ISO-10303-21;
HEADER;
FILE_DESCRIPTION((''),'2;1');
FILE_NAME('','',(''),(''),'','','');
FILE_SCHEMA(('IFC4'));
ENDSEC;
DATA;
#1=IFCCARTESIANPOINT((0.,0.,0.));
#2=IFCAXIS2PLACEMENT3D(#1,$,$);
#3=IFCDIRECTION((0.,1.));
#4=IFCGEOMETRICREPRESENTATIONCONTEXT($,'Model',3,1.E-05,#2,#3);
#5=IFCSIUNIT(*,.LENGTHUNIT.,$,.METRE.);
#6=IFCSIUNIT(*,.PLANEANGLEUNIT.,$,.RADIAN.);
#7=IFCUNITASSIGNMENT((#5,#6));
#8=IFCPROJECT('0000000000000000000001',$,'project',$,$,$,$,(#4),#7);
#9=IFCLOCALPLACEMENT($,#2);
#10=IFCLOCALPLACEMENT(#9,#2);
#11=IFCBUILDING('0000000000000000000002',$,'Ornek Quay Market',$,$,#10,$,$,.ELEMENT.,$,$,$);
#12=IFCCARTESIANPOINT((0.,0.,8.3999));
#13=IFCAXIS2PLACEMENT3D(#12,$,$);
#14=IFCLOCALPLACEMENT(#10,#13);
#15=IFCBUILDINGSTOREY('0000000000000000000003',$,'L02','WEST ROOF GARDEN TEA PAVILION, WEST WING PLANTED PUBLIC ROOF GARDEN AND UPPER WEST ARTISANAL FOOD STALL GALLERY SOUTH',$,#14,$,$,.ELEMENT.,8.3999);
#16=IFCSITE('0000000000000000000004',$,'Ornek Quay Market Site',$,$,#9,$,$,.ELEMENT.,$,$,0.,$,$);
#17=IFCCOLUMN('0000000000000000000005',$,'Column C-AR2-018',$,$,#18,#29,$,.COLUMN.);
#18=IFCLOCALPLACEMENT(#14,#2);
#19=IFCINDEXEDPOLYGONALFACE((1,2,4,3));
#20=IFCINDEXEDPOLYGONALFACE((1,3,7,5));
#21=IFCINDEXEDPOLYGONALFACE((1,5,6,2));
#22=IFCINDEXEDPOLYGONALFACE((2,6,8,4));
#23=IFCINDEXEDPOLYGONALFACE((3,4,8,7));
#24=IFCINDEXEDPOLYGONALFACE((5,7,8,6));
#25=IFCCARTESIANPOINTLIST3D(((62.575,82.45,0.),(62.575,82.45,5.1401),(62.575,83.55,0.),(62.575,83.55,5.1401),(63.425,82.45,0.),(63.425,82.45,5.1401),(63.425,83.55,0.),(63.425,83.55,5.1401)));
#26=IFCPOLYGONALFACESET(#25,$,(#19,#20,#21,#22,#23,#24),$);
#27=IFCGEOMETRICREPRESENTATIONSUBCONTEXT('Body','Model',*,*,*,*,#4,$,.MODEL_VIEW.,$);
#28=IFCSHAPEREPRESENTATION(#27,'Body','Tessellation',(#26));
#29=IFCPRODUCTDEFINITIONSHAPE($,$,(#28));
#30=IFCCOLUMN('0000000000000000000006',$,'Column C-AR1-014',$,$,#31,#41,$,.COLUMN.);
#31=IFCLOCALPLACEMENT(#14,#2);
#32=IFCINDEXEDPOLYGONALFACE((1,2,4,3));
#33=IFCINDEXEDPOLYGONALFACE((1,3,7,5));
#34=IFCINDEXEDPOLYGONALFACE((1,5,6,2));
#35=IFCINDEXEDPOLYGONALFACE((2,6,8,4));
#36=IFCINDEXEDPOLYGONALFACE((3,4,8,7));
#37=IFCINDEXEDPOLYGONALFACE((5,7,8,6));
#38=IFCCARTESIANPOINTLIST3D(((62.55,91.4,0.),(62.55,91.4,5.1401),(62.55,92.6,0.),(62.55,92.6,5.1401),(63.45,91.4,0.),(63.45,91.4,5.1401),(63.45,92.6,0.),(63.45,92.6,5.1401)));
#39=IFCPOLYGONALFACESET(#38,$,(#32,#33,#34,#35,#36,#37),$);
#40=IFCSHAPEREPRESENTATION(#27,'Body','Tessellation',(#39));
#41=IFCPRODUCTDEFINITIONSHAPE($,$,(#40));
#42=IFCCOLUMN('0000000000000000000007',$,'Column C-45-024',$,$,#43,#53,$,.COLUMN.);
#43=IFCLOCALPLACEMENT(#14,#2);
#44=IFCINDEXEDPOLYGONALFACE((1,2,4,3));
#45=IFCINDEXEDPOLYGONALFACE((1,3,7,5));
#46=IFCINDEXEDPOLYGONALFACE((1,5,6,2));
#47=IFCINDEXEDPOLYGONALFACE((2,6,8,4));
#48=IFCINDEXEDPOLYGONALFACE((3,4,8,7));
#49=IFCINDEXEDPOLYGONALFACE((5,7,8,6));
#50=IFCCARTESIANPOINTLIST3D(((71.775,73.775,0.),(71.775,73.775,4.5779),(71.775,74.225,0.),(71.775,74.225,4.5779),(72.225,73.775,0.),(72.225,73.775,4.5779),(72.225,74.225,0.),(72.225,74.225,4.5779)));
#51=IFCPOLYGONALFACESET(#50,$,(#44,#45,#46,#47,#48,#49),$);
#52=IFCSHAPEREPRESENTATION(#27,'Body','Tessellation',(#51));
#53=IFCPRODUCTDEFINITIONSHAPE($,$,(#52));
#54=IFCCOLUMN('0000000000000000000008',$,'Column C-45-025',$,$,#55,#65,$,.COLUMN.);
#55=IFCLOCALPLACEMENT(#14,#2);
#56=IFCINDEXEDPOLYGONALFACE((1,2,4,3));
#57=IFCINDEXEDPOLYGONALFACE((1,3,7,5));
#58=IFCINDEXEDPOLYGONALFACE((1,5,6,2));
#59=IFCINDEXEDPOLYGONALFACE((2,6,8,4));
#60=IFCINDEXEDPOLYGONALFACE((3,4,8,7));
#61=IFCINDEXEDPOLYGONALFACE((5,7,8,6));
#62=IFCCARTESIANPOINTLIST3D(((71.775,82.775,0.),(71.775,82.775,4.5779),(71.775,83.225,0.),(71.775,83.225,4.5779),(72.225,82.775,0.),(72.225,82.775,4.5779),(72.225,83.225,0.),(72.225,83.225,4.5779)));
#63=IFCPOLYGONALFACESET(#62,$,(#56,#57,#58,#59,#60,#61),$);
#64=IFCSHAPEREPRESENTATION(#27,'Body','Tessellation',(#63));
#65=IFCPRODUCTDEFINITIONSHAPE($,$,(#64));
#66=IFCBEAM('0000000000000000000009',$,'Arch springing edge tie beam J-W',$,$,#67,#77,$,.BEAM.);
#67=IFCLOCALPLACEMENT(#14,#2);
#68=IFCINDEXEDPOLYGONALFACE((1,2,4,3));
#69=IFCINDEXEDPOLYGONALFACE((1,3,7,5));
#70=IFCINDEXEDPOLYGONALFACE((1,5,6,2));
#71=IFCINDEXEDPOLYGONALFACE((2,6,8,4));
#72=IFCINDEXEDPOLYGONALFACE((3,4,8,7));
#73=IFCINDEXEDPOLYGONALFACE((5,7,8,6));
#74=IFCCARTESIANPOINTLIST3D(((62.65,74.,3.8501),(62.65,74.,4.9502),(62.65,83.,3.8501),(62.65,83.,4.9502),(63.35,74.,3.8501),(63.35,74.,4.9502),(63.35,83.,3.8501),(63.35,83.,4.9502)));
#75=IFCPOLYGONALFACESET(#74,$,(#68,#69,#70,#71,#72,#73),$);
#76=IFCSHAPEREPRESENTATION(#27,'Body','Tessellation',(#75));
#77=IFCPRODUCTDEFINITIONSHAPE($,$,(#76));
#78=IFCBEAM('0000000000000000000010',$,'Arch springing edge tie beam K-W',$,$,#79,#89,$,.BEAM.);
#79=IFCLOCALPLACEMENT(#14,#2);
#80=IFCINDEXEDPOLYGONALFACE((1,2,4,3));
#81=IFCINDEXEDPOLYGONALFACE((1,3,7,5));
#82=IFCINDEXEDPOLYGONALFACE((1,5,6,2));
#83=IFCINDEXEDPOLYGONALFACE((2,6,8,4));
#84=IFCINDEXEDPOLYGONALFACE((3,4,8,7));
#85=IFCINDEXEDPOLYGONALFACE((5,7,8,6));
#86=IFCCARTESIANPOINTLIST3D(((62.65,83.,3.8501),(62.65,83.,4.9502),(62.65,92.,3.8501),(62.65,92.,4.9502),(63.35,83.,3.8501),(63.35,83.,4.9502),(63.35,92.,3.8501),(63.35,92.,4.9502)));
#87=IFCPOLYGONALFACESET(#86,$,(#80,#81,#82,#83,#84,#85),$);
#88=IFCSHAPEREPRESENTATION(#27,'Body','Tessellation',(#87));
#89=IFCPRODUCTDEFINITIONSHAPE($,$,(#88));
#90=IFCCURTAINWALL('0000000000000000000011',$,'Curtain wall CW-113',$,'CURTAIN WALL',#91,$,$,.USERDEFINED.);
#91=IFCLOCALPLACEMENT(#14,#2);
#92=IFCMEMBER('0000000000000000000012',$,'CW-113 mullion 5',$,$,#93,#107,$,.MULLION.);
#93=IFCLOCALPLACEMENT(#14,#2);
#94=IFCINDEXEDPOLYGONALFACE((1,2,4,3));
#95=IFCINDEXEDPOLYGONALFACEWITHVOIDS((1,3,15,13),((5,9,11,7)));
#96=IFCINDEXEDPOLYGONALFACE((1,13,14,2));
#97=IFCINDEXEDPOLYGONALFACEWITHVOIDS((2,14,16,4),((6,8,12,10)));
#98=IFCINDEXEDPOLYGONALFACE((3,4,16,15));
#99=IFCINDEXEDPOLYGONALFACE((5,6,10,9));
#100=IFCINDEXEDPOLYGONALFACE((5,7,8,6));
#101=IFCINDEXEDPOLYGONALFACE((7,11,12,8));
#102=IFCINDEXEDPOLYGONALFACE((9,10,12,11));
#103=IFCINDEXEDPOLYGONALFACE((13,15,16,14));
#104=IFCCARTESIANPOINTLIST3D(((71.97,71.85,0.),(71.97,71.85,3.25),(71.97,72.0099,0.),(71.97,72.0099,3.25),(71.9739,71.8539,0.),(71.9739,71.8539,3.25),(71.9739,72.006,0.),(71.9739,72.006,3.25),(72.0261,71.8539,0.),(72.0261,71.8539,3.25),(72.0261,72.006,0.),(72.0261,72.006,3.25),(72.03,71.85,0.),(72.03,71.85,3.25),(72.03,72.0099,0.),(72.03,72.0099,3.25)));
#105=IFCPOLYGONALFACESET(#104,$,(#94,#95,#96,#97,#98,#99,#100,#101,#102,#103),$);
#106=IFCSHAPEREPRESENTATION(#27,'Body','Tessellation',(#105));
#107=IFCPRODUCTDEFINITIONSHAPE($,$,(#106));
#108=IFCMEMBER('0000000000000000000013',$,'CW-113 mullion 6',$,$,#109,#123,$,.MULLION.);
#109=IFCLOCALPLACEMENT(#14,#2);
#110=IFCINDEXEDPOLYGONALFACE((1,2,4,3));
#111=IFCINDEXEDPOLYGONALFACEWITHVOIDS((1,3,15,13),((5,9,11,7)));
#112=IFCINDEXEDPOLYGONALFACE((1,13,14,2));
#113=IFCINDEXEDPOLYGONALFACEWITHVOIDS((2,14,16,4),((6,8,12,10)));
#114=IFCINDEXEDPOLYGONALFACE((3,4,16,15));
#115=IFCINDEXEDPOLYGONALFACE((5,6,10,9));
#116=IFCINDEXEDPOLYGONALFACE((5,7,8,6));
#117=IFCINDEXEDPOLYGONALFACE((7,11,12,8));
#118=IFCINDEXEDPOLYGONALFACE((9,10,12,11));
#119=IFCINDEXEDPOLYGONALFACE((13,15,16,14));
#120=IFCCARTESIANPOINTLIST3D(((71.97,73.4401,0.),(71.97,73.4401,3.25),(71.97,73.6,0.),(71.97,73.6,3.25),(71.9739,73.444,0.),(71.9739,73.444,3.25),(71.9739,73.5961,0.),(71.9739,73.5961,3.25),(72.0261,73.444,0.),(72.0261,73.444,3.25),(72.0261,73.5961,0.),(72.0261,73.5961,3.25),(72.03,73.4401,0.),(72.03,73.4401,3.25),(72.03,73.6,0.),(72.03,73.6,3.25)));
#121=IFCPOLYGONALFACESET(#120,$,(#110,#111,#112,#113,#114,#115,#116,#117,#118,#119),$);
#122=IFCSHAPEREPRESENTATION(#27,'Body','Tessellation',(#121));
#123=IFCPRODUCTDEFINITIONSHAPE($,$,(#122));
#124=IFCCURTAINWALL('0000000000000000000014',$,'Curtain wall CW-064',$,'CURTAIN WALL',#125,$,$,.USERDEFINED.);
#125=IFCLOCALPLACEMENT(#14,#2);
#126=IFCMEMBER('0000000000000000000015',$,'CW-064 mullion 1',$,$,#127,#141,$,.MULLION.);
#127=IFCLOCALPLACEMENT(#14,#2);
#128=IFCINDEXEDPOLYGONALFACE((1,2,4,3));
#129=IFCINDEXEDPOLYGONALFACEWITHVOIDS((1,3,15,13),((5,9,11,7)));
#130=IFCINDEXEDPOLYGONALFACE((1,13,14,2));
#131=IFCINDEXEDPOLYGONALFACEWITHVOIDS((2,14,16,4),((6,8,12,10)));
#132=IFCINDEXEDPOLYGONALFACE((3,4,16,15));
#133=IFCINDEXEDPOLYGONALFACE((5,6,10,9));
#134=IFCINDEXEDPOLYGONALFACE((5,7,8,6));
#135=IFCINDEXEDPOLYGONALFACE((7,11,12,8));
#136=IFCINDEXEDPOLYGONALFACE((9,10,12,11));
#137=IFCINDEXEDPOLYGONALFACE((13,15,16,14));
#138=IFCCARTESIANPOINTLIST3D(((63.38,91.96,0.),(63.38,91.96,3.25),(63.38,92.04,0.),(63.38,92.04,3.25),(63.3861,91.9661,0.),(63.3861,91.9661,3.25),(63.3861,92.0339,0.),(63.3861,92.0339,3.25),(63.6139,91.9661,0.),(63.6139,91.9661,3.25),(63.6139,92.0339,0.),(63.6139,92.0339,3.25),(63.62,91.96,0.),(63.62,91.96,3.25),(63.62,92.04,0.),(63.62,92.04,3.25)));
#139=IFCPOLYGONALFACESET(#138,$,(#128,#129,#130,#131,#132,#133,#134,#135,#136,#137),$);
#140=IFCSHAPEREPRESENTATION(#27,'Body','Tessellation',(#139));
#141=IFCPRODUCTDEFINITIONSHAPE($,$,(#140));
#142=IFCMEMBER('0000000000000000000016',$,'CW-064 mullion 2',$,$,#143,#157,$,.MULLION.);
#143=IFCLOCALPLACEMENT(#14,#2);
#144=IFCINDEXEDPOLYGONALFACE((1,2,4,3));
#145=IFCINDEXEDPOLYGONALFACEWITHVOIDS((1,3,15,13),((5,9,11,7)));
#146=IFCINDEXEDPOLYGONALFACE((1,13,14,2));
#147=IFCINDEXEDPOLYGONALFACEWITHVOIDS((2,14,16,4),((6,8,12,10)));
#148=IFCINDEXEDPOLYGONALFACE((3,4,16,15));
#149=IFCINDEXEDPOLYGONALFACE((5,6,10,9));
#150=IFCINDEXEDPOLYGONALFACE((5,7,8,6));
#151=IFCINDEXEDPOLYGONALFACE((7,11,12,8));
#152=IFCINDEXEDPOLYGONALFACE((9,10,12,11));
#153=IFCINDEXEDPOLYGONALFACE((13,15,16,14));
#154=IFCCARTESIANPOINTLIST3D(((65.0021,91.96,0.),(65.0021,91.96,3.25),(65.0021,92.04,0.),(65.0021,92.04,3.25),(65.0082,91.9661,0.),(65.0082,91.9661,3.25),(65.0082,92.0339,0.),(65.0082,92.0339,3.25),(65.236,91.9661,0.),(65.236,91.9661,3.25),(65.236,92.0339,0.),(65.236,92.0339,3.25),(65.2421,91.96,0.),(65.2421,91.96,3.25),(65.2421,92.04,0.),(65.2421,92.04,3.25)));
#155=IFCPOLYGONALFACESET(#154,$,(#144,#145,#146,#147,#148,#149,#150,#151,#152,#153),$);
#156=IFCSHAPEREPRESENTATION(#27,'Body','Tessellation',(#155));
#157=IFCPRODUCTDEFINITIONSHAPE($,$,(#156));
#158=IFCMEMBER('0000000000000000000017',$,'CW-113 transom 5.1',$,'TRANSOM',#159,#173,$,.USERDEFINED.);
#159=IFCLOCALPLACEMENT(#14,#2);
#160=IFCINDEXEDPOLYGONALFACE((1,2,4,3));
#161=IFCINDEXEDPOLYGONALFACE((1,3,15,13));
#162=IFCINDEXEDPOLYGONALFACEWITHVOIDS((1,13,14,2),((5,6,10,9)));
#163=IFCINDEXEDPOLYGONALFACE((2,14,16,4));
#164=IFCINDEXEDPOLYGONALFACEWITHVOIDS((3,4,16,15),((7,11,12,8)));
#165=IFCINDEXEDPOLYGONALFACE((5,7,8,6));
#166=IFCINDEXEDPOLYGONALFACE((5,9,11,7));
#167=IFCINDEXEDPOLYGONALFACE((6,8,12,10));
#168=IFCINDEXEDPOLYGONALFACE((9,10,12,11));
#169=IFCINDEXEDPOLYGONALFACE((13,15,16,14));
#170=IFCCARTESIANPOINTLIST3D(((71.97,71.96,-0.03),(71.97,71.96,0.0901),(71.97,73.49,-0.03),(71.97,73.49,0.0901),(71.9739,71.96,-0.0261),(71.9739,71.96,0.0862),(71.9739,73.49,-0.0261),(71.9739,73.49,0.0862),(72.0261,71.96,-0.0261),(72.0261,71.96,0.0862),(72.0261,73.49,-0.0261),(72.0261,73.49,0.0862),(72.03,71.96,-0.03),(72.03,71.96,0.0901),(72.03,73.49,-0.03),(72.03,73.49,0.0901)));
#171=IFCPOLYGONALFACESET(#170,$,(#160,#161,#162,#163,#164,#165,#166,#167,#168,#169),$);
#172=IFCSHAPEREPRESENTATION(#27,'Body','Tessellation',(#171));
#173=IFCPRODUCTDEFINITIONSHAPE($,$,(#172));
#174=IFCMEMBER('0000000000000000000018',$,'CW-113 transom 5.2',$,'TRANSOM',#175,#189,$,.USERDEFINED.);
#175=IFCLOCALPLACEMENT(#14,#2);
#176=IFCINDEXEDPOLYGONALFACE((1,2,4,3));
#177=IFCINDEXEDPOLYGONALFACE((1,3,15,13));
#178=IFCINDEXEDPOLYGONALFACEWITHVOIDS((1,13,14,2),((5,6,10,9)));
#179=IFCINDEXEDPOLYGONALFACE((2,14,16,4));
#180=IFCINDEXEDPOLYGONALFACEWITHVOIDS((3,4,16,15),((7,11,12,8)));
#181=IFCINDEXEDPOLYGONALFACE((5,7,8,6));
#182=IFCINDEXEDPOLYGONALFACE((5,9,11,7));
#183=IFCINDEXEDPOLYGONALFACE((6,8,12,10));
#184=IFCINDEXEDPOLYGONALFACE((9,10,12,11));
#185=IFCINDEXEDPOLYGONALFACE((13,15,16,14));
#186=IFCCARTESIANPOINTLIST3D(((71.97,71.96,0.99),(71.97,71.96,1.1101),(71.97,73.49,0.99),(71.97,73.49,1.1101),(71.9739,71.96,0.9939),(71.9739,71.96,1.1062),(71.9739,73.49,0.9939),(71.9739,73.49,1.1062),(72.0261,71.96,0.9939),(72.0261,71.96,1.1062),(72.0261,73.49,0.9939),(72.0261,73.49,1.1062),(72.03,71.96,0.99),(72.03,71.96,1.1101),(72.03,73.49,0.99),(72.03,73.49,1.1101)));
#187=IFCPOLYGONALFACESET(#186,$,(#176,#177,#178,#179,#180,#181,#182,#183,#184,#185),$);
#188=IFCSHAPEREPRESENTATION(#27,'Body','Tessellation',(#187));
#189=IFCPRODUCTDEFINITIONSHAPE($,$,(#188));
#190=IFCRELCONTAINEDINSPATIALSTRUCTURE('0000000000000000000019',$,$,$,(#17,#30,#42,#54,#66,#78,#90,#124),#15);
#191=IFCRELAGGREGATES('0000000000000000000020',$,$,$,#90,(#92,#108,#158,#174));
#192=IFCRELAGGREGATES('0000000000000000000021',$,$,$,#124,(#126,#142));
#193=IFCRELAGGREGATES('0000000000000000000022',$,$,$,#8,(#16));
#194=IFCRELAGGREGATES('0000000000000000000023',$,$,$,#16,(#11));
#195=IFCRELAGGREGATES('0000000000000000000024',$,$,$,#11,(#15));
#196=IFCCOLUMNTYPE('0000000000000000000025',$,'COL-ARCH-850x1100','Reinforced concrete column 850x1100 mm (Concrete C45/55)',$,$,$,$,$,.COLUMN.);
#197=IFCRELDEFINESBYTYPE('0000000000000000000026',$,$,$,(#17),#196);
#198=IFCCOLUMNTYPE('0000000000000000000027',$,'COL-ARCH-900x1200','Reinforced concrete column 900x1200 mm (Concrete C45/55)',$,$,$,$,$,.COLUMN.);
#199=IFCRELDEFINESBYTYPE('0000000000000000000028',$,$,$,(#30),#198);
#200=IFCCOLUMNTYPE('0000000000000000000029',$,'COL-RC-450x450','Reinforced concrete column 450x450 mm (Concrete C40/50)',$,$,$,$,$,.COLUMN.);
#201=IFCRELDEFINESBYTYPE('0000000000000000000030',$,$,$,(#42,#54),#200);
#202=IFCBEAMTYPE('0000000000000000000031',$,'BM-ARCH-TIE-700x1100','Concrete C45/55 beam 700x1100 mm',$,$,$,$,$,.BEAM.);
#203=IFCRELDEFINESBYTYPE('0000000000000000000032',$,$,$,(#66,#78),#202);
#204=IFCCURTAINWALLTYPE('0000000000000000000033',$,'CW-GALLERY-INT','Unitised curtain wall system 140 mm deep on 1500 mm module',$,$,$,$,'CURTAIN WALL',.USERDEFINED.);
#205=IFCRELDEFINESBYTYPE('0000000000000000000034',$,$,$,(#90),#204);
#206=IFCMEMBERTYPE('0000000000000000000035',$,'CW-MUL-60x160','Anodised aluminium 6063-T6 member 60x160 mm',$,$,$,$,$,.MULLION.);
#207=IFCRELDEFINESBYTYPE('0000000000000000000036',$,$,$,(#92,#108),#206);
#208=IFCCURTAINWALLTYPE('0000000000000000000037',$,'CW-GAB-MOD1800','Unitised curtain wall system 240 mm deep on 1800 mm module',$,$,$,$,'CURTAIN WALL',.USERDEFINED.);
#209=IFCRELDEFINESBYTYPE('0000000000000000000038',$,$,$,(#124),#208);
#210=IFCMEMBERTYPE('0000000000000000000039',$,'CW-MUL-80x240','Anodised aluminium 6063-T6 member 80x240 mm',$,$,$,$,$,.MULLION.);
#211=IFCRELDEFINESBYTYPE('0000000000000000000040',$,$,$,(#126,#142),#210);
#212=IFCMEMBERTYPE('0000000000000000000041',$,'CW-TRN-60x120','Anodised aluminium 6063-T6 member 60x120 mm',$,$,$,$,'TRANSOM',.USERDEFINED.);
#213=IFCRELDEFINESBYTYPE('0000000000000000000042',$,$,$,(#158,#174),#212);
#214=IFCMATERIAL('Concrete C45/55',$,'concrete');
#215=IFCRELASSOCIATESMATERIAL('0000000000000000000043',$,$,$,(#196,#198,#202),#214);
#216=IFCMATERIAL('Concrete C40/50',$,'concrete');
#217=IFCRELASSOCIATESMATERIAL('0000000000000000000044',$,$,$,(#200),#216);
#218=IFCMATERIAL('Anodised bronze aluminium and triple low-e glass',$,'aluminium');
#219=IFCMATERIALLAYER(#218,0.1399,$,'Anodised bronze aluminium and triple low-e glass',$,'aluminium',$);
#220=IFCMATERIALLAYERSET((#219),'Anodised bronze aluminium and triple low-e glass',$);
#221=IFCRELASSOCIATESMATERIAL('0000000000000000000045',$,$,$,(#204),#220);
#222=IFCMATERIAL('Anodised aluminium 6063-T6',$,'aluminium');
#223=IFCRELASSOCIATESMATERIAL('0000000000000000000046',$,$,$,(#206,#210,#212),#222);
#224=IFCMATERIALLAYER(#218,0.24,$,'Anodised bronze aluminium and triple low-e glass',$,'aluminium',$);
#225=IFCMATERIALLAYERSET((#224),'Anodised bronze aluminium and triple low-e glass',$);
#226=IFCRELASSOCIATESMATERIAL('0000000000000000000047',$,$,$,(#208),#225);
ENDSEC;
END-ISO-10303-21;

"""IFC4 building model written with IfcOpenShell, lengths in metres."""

from ifc_helpers import new_model, si_unit, direction, frame, origin, origin_2d, place, context, subcontext, project, spatial, rectangle, hollow_rectangle, extrude, material, layer, layer_set, material_profile, profile_set, type_object, element, aggregate, save


model = new_model("IFC4")

# Units and contexts
model_context = context("Model", 3, precision=1e-05, world=origin(), true_north=direction((0.0, 1.0)))
body_context = subcontext(model_context, "Body", "Model", "MODEL_VIEW")
ifc_project = project(units=[si_unit("LENGTHUNIT", "METRE"), si_unit("PLANEANGLEUNIT", "RADIAN")], contexts=[model_context])

# Site, building, storey
site_placement = place(None, origin())
site = spatial("IfcSite", under=ifc_project, at=site_placement, Name="Ornek Quay Market Site", CompositionType="ELEMENT", RefElevation=0.0)
building_placement = place(site_placement, origin())
building = spatial("IfcBuilding", under=site, at=building_placement, Name="Ornek Quay Market", CompositionType="ELEMENT")
storey_placement = place(building_placement, frame((0.0, 0.0, 8.3999)))
storey = spatial("IfcBuildingStorey", under=building, at=storey_placement, Name="L02", Description="WEST ROOF GARDEN TEA PAVILION, WEST WING PLANTED PUBLIC ROOF GARDEN AND UPPER WEST ARTISANAL FOOD STALL GALLERY SOUTH", CompositionType="ELEMENT", Elevation=8.3999)

# Columns
ifc_material_1 = material(Name="Concrete C45/55", Category="concrete")
ifc_material_profile_1 = material_profile(ifc_material_1, rectangle(XDim=0.8501, YDim=1.1001, at=origin_2d()), Name="RC 850x1100", Category="concrete")
ifc_profile_set_1 = profile_set([ifc_material_profile_1], Name="Concrete C45/55")
column_type_1 = type_object("IfcColumnType", Name="COL-ARCH-850x1100", Description="Reinforced concrete column 850x1100 mm (Concrete C45/55)", PredefinedType="COLUMN", material=ifc_profile_set_1)
column_1_placement = place(storey_placement, frame((63.0, 83.0, 0.0), z_axis=(0.0, 0.0, 1.0), x_axis=(1.0, 0.0, 0.0)))
element("IfcColumn", 1, at=column_1_placement, inside=storey, type_object=column_type_1, Name="Column C-AR2-018", PredefinedType="COLUMN", context=body_context, shape_type="SweptSolid", body=[
    extrude(rectangle(XDim=0.8501, YDim=1.1001, at=origin_2d()), origin(), (0.0, 0.0, 1.0), 5.1401),
])
ifc_material_profile_2 = material_profile(ifc_material_1, rectangle(XDim=0.8999, YDim=1.2, at=origin_2d()), Name="RC 900x1200", Category="concrete")
ifc_profile_set_2 = profile_set([ifc_material_profile_2], Name="Concrete C45/55")
column_type_2 = type_object("IfcColumnType", Name="COL-ARCH-900x1200", Description="Reinforced concrete column 900x1200 mm (Concrete C45/55)", PredefinedType="COLUMN", material=ifc_profile_set_2)
column_2_placement = place(storey_placement, frame((63.0, 92.0, 0.0), z_axis=(0.0, 0.0, 1.0), x_axis=(1.0, 0.0, 0.0)))
element("IfcColumn", 2, at=column_2_placement, inside=storey, type_object=column_type_2, Name="Column C-AR1-014", PredefinedType="COLUMN", context=body_context, shape_type="SweptSolid", body=[
    extrude(rectangle(XDim=0.8999, YDim=1.2, at=origin_2d()), origin(), (0.0, 0.0, 1.0), 5.1401),
])
ifc_material_2 = material(Name="Concrete C40/50", Category="concrete")
ifc_material_profile_3 = material_profile(ifc_material_2, rectangle(XDim=0.45, YDim=0.45, at=origin_2d()), Name="RC 450x450", Category="concrete")
ifc_profile_set_3 = profile_set([ifc_material_profile_3], Name="Concrete C40/50")
column_type_3 = type_object("IfcColumnType", Name="COL-RC-450x450", Description="Reinforced concrete column 450x450 mm (Concrete C40/50)", PredefinedType="COLUMN", material=ifc_profile_set_3)
for number, where, z_axis, x_axis, name in (
    (3, (72.0, 74.0, 0.0), (0.0, 0.0, 1.0), (1.0, 0.0, 0.0), "Column C-45-024"),
    (4, (72.0, 83.0, 0.0), (0.0, 0.0, 1.0), (1.0, 0.0, 0.0), "Column C-45-025"),
):
    element("IfcColumn", number, at=place(storey_placement, frame(where, z_axis=z_axis, x_axis=x_axis)), inside=storey, type_object=column_type_3, Name=name, PredefinedType="COLUMN", context=body_context, shape_type="SweptSolid", body=[
        extrude(rectangle(XDim=0.45, YDim=0.45, at=origin_2d()), origin(), (0.0, 0.0, 1.0), 4.5779),
    ])

# Beams
ifc_material_profile_4 = material_profile(ifc_material_1, rectangle(XDim=0.7, YDim=1.1001, at=origin_2d()), Name="RC 700x1100", Category="concrete")
ifc_profile_set_4 = profile_set([ifc_material_profile_4], Name="Concrete C45/55")
beam_type = type_object("IfcBeamType", Name="BM-ARCH-TIE-700x1100", Description="Concrete C45/55 beam 700x1100 mm", PredefinedType="BEAM", material=ifc_profile_set_4)
for number, where, z_axis, x_axis, name in (
    (5, (63.0, 74.0, 4.4001), (0.0, 1.0, 0.0), (-1.0, 0.0, 0.0), "Arch springing edge tie beam J-W"),
    (6, (63.0, 83.0, 4.4001), (0.0, 1.0, 0.0), (-1.0, 0.0, 0.0), "Arch springing edge tie beam K-W"),
):
    element("IfcBeam", number, at=place(storey_placement, frame(where, z_axis=z_axis, x_axis=x_axis)), inside=storey, type_object=beam_type, Name=name, PredefinedType="BEAM", context=body_context, shape_type="SweptSolid", body=[
        extrude(rectangle(XDim=0.7, YDim=1.1001, at=origin_2d()), origin(), (0.0, 0.0, 1.0), 9.0),
    ])

# Curtain walls, members
ifc_material_3 = material(Name="Anodised bronze aluminium and triple low-e glass", Category="aluminium")
ifc_layer_1 = layer(ifc_material_3, 0.1399, Name="Anodised bronze aluminium and triple low-e glass", Category="aluminium")
ifc_layer_set_1 = layer_set([ifc_layer_1], Name="Anodised bronze aluminium and triple low-e glass")
curtain_wall_type_1 = type_object("IfcCurtainWallType", Name="CW-GALLERY-INT", Description="Unitised curtain wall system 140 mm deep on 1500 mm module", ElementType="CURTAIN WALL", PredefinedType="USERDEFINED", material=ifc_layer_set_1)
curtain_wall_1_placement = place(storey_placement, origin())
curtain_wall_1 = element("IfcCurtainWall", 7, at=curtain_wall_1_placement, inside=storey, type_object=curtain_wall_type_1, Name="Curtain wall CW-113", ObjectType="CURTAIN WALL", PredefinedType="USERDEFINED")
ifc_material_4 = material(Name="Anodised aluminium 6063-T6", Category="aluminium")
ifc_material_profile_5 = material_profile(ifc_material_4, hollow_rectangle(XDim=0.0601, YDim=0.1599, WallThickness=0.0039, at=origin_2d()), Name="CW-MUL-60x160", Category="aluminium")
ifc_profile_set_5 = profile_set([ifc_material_profile_5], Name="Anodised aluminium 6063-T6")
member_type_1 = type_object("IfcMemberType", Name="CW-MUL-60x160", Description="Anodised aluminium 6063-T6 member 60x160 mm", PredefinedType="MULLION", material=ifc_profile_set_5)
member_1_placement = place(storey_placement, frame((72.0, 71.9299, 0.0), z_axis=(0.0, 0.0, 1.0), x_axis=(-1.0, 0.0, 0.0)))
member_1 = element("IfcMember", 8, at=member_1_placement, type_object=member_type_1, Name="CW-113 mullion 5", PredefinedType="MULLION", context=body_context, shape_type="SweptSolid", body=[
    extrude(hollow_rectangle(XDim=0.0601, YDim=0.1599, WallThickness=0.0039, at=origin_2d()), origin(), (0.0, 0.0, 1.0), 3.25),
])
member_2_placement = place(storey_placement, frame((72.0, 73.52, 0.0), z_axis=(0.0, 0.0, 1.0), x_axis=(-1.0, 0.0, 0.0)))
member_2 = element("IfcMember", 9, at=member_2_placement, type_object=member_type_1, Name="CW-113 mullion 6", PredefinedType="MULLION", context=body_context, shape_type="SweptSolid", body=[
    extrude(hollow_rectangle(XDim=0.0601, YDim=0.1599, WallThickness=0.0039, at=origin_2d()), origin(), (0.0, 0.0, 1.0), 3.25),
])
ifc_layer_2 = layer(ifc_material_3, 0.24, Name="Anodised bronze aluminium and triple low-e glass", Category="aluminium")
ifc_layer_set_2 = layer_set([ifc_layer_2], Name="Anodised bronze aluminium and triple low-e glass")
curtain_wall_type_2 = type_object("IfcCurtainWallType", Name="CW-GAB-MOD1800", Description="Unitised curtain wall system 240 mm deep on 1800 mm module", ElementType="CURTAIN WALL", PredefinedType="USERDEFINED", material=ifc_layer_set_2)
curtain_wall_2_placement = place(storey_placement, origin())
curtain_wall_2 = element("IfcCurtainWall", 10, at=curtain_wall_2_placement, inside=storey, type_object=curtain_wall_type_2, Name="Curtain wall CW-064", ObjectType="CURTAIN WALL", PredefinedType="USERDEFINED")
ifc_material_profile_6 = material_profile(ifc_material_4, hollow_rectangle(XDim=0.0801, YDim=0.24, WallThickness=0.0061, at=origin_2d()), Name="CW-MUL-80x240", Category="aluminium")
ifc_profile_set_6 = profile_set([ifc_material_profile_6], Name="Anodised aluminium 6063-T6")
member_type_2 = type_object("IfcMemberType", Name="CW-MUL-80x240", Description="Anodised aluminium 6063-T6 member 80x240 mm", PredefinedType="MULLION", material=ifc_profile_set_6)
member_3_placement = place(storey_placement, frame((63.5, 92.0, 0.0), z_axis=(0.0, 0.0, 1.0), x_axis=(0.0, 1.0, 0.0)))
member_3 = element("IfcMember", 11, at=member_3_placement, type_object=member_type_2, Name="CW-064 mullion 1", PredefinedType="MULLION", context=body_context, shape_type="SweptSolid", body=[
    extrude(hollow_rectangle(XDim=0.0801, YDim=0.24, WallThickness=0.0061, at=origin_2d()), origin(), (0.0, 0.0, 1.0), 3.25),
])
member_4_placement = place(storey_placement, frame((65.1221, 92.0, 0.0), z_axis=(0.0, 0.0, 1.0), x_axis=(0.0, 1.0, 0.0)))
member_4 = element("IfcMember", 12, at=member_4_placement, type_object=member_type_2, Name="CW-064 mullion 2", PredefinedType="MULLION", context=body_context, shape_type="SweptSolid", body=[
    extrude(hollow_rectangle(XDim=0.0801, YDim=0.24, WallThickness=0.0061, at=origin_2d()), origin(), (0.0, 0.0, 1.0), 3.25),
])

# Members
ifc_material_profile_7 = material_profile(ifc_material_4, hollow_rectangle(XDim=0.0601, YDim=0.1201, WallThickness=0.0039, at=origin_2d()), Name="CW-TRN-60x120", Category="aluminium")
ifc_profile_set_7 = profile_set([ifc_material_profile_7], Name="Anodised aluminium 6063-T6")
member_type_3 = type_object("IfcMemberType", Name="CW-TRN-60x120", Description="Anodised aluminium 6063-T6 member 60x120 mm", ElementType="TRANSOM", PredefinedType="USERDEFINED", material=ifc_profile_set_7)
member_5_placement = place(storey_placement, frame((72.0, 71.96, 0.03), z_axis=(0.0, 1.0, 0.0), x_axis=(-1.0, 0.0, 0.0)))
member_5 = element("IfcMember", 13, at=member_5_placement, type_object=member_type_3, Name="CW-113 transom 5.1", ObjectType="TRANSOM", PredefinedType="USERDEFINED", context=body_context, shape_type="SweptSolid", body=[
    extrude(hollow_rectangle(XDim=0.0601, YDim=0.1201, WallThickness=0.0039, at=origin_2d()), origin(), (0.0, 0.0, 1.0), 1.53),
])
member_6_placement = place(storey_placement, frame((72.0, 71.96, 1.05), z_axis=(0.0, 1.0, 0.0), x_axis=(-1.0, 0.0, 0.0)))
member_6 = element("IfcMember", 14, at=member_6_placement, type_object=member_type_3, Name="CW-113 transom 5.2", ObjectType="TRANSOM", PredefinedType="USERDEFINED", context=body_context, shape_type="SweptSolid", body=[
    extrude(hollow_rectangle(XDim=0.0601, YDim=0.1201, WallThickness=0.0039, at=origin_2d()), origin(), (0.0, 0.0, 1.0), 1.53),
])

aggregate(curtain_wall_1, [member_1, member_2, member_5, member_6])
aggregate(curtain_wall_2, [member_3, member_4])

save(model, "model.ifc")
